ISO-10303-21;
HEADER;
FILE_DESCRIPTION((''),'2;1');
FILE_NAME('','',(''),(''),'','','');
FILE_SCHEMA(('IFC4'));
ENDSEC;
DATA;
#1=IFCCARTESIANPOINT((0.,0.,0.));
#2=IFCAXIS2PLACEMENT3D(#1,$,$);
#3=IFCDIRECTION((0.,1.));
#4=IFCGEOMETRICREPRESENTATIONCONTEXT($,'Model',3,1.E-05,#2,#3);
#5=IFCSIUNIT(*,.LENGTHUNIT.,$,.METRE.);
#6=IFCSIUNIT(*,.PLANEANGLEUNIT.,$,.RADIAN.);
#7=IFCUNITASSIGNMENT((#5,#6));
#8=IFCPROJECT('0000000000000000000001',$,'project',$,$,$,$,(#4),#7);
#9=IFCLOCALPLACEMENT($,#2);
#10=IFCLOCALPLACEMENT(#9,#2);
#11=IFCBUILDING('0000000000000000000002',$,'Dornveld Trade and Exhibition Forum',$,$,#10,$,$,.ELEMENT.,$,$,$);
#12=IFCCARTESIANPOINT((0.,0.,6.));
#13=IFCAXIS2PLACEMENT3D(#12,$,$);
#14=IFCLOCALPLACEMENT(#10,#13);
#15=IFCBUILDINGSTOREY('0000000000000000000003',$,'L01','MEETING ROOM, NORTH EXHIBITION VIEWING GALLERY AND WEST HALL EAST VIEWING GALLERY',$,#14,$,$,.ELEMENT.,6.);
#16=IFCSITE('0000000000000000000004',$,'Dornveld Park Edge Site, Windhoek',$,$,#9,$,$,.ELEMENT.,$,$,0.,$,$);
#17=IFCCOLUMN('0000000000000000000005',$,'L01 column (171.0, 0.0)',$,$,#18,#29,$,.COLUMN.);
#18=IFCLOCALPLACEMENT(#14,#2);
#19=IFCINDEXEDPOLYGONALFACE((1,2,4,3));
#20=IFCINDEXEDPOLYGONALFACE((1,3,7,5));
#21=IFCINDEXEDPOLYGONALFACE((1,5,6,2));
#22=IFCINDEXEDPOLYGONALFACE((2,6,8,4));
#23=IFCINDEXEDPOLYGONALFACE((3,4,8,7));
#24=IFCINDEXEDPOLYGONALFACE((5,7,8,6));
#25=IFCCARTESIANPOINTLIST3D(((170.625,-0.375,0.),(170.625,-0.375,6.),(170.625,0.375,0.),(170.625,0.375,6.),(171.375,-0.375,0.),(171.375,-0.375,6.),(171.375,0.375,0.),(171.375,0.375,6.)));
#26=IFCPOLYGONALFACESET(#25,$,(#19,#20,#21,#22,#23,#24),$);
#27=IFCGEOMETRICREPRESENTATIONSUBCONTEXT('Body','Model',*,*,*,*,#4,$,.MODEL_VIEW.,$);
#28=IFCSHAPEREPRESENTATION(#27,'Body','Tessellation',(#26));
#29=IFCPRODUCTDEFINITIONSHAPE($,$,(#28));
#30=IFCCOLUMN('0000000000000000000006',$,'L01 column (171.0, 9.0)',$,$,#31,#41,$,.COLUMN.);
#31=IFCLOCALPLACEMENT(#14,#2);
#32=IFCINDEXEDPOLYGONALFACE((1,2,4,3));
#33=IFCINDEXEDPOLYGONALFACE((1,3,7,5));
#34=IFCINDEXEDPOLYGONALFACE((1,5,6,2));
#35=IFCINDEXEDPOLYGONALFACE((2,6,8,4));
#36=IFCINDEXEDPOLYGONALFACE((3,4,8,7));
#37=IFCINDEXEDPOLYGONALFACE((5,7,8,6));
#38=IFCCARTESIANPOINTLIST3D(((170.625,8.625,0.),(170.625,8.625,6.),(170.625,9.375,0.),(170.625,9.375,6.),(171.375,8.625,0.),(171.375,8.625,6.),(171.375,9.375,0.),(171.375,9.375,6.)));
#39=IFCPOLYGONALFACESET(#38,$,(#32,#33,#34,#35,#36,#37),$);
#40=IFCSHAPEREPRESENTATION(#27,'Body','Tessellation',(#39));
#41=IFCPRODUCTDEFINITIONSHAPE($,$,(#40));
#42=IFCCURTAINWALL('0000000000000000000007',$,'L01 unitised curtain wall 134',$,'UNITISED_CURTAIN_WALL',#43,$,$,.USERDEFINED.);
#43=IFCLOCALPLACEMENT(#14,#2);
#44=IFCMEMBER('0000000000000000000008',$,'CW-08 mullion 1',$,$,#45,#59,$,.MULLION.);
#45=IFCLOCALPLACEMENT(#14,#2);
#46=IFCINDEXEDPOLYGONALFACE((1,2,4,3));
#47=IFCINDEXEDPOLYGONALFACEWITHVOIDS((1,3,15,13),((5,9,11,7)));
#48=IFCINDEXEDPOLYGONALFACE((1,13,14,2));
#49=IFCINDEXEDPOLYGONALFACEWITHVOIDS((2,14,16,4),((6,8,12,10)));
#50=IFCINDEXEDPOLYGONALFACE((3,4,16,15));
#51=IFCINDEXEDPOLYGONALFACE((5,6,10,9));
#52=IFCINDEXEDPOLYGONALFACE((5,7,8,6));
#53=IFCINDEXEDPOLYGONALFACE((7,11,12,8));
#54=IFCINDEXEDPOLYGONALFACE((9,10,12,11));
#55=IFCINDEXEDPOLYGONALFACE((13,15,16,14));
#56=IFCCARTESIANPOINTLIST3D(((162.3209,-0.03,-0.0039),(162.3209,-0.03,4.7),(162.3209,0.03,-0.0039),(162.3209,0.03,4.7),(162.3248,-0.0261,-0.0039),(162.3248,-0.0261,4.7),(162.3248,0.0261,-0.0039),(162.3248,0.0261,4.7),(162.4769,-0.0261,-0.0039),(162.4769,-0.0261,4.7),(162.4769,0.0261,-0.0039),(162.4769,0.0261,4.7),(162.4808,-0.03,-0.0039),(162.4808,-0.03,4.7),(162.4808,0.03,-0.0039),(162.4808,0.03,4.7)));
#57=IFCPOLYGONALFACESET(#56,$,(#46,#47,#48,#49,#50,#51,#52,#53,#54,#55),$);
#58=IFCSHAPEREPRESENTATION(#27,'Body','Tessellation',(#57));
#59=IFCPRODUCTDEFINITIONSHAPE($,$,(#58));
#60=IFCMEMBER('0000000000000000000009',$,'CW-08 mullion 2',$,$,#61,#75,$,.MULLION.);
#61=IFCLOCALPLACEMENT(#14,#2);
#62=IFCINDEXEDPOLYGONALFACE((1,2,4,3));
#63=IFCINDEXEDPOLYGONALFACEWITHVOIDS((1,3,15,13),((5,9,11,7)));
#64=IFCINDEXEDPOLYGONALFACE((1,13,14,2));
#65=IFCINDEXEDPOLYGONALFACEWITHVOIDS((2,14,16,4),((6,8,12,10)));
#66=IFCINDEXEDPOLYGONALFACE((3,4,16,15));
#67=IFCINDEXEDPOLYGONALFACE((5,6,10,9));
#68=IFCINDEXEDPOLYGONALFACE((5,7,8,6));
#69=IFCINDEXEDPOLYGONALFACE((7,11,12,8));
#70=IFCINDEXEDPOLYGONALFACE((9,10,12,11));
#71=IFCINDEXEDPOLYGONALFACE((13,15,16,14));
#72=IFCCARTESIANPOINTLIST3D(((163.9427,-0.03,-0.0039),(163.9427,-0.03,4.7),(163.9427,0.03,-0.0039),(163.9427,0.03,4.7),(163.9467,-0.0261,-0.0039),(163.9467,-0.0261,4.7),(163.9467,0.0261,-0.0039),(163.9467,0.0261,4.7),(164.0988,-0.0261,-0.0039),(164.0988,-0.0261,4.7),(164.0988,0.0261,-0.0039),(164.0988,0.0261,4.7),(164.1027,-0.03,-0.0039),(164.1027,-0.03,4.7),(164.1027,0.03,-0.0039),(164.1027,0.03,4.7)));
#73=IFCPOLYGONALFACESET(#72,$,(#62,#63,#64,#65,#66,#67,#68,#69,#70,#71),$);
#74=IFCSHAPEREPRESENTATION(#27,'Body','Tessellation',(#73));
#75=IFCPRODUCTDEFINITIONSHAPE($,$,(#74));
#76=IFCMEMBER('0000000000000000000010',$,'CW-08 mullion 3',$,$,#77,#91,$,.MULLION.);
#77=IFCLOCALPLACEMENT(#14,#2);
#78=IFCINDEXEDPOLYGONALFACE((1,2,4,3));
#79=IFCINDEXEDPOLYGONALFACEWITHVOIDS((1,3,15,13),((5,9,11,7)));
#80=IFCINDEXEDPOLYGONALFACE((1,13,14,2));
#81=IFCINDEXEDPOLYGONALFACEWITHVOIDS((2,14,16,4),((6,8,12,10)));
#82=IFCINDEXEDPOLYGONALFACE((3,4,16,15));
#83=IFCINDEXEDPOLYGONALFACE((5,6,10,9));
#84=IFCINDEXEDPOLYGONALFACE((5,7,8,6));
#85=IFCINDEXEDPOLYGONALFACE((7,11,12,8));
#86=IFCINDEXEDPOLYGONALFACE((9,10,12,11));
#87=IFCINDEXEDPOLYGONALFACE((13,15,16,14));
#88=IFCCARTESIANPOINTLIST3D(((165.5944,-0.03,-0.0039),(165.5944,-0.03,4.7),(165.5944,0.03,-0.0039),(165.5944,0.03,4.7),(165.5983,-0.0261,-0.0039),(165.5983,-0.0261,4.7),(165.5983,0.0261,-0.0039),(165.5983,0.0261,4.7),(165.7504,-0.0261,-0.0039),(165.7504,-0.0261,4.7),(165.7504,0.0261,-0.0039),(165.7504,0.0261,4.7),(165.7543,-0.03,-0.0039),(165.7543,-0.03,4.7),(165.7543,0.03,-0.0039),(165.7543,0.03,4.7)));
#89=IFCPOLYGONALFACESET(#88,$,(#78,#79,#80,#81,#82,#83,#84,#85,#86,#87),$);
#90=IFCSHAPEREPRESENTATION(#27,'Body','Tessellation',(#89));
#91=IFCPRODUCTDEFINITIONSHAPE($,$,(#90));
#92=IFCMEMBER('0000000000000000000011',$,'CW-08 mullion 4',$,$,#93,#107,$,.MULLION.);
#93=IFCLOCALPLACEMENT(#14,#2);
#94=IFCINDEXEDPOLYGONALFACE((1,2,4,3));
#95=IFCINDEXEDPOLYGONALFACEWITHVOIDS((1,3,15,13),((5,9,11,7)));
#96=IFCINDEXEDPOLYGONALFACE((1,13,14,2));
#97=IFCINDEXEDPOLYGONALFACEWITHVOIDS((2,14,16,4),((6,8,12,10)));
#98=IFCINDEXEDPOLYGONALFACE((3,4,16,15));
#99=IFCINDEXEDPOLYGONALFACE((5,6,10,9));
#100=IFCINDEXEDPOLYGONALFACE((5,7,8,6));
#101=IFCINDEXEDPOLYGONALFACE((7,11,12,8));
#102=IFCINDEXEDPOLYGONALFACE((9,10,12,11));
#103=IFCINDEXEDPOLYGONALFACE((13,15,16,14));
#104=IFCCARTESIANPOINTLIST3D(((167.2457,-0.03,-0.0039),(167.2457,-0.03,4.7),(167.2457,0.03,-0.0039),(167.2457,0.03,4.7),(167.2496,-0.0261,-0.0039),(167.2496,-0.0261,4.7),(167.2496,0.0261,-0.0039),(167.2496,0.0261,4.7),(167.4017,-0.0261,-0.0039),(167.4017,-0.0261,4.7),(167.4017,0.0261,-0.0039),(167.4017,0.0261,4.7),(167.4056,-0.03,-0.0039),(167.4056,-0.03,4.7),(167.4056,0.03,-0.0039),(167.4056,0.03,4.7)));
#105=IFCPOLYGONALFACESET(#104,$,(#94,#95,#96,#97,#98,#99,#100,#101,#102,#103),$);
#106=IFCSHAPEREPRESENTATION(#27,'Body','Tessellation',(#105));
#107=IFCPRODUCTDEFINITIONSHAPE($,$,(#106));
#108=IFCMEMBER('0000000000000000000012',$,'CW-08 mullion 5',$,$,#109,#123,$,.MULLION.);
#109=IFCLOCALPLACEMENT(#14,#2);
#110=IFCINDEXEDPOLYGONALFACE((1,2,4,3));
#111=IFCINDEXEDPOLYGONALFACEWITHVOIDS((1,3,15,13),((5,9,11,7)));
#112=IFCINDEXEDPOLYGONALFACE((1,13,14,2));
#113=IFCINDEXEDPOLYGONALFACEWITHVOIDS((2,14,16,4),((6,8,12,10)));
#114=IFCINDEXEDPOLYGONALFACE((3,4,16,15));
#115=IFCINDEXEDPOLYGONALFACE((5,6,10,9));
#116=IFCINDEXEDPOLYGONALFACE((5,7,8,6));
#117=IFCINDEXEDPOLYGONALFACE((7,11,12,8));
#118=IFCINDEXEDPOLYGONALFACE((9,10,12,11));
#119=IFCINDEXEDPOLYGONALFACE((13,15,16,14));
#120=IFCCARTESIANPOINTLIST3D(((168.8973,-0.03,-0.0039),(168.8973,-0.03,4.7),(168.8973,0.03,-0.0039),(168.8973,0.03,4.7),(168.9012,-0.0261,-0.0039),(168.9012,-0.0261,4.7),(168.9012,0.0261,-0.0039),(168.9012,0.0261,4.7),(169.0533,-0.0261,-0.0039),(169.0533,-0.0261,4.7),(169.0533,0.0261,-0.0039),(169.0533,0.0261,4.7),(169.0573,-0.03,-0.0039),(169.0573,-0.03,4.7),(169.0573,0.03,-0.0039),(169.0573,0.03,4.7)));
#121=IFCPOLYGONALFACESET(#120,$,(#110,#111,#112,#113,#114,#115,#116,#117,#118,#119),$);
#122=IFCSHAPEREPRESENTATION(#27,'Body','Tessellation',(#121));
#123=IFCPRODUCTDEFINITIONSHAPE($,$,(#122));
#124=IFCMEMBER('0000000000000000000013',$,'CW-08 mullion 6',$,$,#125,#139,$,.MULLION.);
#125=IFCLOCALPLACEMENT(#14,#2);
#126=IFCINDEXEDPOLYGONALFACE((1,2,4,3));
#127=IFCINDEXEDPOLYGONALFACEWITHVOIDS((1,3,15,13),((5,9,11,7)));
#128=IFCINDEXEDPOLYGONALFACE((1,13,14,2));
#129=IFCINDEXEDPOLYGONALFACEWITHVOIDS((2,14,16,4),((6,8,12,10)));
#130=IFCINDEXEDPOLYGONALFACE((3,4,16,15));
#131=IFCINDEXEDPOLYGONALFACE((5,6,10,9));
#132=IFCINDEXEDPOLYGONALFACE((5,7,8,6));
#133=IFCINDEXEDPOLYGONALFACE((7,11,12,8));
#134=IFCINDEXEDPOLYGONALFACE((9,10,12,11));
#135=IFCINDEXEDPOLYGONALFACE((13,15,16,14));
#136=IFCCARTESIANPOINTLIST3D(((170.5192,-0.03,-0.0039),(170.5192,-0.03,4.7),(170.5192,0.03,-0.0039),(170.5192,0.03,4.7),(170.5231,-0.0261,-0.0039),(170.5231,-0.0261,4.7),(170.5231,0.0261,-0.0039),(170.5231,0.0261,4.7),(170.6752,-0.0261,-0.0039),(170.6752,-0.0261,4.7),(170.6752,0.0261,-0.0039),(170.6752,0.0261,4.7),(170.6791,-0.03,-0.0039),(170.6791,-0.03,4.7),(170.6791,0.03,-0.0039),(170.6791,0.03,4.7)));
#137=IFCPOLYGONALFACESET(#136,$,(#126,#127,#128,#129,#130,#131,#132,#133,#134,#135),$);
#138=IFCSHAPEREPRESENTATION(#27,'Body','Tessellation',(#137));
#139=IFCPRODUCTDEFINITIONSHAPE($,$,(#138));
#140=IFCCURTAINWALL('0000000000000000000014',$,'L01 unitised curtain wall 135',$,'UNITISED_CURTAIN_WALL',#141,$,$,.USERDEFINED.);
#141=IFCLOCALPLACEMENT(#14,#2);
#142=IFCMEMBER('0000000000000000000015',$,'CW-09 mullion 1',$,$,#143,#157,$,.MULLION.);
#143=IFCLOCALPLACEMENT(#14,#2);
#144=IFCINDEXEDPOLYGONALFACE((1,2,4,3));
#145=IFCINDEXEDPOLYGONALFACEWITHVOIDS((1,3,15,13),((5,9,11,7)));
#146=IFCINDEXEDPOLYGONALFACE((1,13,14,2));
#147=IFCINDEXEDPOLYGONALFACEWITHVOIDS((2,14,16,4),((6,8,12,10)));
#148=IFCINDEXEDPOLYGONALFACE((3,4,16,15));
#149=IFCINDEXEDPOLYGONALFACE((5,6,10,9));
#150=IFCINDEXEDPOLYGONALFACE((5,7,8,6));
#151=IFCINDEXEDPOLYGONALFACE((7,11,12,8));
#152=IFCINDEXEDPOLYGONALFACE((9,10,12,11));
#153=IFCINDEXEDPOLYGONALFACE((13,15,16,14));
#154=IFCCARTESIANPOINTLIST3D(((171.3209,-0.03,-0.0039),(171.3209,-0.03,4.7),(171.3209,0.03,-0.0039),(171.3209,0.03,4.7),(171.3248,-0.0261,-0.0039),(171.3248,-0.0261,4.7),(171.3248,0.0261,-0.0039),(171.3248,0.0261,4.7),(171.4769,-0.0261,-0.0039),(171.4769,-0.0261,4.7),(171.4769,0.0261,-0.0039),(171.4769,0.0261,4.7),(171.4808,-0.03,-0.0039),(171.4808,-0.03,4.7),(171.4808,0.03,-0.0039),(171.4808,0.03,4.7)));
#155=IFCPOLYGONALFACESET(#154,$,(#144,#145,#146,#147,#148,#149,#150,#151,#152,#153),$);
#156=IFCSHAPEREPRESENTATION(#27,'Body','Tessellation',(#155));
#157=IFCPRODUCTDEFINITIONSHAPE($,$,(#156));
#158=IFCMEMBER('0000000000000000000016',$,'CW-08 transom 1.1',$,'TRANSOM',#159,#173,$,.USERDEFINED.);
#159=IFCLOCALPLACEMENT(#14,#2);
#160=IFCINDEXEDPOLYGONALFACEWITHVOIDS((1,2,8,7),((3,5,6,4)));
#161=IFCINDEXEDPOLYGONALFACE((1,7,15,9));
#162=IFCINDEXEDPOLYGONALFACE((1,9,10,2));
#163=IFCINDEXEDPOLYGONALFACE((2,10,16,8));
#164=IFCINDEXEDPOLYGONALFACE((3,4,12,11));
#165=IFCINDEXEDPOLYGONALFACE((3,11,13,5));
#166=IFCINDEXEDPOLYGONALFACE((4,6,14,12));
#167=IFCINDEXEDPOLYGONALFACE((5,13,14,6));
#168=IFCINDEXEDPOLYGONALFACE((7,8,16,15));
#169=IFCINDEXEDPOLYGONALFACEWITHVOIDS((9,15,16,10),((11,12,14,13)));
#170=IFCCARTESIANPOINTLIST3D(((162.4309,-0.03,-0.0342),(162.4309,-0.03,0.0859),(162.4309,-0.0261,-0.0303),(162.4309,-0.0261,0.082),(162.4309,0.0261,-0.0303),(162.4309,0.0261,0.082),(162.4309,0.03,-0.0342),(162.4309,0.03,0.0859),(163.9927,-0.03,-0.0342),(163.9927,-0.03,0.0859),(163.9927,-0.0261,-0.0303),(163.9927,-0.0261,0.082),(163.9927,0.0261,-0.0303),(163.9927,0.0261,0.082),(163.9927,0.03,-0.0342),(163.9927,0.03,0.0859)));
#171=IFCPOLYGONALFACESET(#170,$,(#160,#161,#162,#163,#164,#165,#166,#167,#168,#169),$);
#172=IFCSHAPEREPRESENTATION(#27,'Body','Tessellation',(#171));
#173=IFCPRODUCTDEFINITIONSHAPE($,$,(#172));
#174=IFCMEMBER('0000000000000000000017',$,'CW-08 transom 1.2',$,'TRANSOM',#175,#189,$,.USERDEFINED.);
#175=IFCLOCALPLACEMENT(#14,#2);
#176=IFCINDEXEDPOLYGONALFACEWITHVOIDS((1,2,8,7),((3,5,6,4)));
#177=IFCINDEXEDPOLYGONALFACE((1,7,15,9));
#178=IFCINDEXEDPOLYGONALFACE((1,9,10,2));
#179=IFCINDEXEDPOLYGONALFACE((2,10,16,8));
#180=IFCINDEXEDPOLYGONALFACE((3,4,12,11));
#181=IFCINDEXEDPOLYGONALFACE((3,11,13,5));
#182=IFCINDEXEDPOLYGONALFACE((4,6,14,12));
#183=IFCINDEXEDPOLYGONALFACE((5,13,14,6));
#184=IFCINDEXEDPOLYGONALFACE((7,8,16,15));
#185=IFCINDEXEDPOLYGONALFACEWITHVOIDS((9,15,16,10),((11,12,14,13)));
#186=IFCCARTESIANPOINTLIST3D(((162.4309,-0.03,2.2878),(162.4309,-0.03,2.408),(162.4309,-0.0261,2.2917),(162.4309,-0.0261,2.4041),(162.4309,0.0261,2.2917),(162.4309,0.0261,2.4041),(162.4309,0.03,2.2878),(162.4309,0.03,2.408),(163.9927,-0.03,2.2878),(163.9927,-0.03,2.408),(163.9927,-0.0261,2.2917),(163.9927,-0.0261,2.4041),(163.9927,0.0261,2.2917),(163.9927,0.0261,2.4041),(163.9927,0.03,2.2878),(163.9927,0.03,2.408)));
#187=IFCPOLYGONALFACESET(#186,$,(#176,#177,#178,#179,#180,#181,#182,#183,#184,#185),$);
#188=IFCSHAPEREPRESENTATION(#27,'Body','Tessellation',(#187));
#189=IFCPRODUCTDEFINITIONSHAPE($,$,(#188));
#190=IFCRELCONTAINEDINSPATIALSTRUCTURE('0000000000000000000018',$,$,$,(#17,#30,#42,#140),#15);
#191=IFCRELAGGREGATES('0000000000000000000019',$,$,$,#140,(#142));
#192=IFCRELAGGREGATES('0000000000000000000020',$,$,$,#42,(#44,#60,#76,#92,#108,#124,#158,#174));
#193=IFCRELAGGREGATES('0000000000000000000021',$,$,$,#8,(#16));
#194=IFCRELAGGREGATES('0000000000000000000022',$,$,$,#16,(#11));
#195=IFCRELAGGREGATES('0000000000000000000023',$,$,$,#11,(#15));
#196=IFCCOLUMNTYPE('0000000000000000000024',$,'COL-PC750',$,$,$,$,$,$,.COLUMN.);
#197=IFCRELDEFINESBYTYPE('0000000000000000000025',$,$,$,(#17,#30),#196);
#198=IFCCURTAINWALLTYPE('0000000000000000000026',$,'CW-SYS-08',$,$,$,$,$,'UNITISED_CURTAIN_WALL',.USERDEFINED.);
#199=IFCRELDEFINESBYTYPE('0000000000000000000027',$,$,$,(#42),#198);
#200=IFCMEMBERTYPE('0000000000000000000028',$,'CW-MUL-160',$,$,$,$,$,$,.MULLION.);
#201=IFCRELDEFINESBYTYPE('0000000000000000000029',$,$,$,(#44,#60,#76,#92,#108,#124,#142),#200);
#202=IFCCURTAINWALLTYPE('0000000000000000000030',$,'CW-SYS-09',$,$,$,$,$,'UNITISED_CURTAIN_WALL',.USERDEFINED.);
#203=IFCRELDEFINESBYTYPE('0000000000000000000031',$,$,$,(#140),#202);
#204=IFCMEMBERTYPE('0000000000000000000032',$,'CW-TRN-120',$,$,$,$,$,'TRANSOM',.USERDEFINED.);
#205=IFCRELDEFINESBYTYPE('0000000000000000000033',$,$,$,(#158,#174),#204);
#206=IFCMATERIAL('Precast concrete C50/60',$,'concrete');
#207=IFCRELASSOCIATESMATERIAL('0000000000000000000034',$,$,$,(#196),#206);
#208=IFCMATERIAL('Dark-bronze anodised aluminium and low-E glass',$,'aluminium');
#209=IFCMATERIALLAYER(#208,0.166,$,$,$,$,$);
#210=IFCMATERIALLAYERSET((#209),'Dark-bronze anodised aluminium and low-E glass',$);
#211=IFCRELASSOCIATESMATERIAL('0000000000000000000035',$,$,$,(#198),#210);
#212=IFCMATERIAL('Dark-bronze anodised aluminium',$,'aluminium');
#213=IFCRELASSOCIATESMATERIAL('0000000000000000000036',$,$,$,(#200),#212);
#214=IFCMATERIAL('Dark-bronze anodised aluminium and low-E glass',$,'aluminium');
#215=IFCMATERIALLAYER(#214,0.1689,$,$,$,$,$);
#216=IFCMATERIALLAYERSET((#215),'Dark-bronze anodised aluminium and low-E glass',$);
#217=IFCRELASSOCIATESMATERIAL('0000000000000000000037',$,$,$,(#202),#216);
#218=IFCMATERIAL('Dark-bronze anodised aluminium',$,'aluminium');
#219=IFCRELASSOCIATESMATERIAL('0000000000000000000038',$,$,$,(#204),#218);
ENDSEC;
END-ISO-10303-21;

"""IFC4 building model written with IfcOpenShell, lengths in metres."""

from ifc_helpers import new_model, si_unit, direction, frame, origin, origin_2d, place, context, subcontext, project, spatial, rectangle, hollow_rectangle, extrude, material, layer, layer_set, material_profile, profile_set, type_object, element, aggregate, save


model = new_model("IFC4")

# Units and contexts
model_context = context("Model", 3, precision=1e-05, world=origin(), true_north=direction((0.0, 1.0)))
body_context = subcontext(model_context, "Body", "Model", "MODEL_VIEW")
ifc_project = project(units=[si_unit("LENGTHUNIT", "METRE"), si_unit("PLANEANGLEUNIT", "RADIAN")], contexts=[model_context])

# Site, building, storey
site_placement = place(None, origin())
site = spatial("IfcSite", under=ifc_project, at=site_placement, Name="Dornveld Park Edge Site, Windhoek", CompositionType="ELEMENT", RefElevation=0.0)
building_placement = place(site_placement, origin())
building = spatial("IfcBuilding", under=site, at=building_placement, Name="Dornveld Trade and Exhibition Forum", CompositionType="ELEMENT")
storey_placement = place(building_placement, frame((0.0, 0.0, 6.0)))
storey = spatial("IfcBuildingStorey", under=building, at=storey_placement, Name="L01", Description="MEETING ROOM, NORTH EXHIBITION VIEWING GALLERY AND WEST HALL EAST VIEWING GALLERY", CompositionType="ELEMENT", Elevation=6.0)

# Columns
ifc_material_1 = material(Name="Precast concrete C50/60", Category="concrete")
ifc_material_profile_1 = material_profile(ifc_material_1, rectangle(XDim=0.75, YDim=0.75, at=origin_2d()), Name="PC-COL 750x750")
ifc_profile_set_1 = profile_set([ifc_material_profile_1], Name="Precast concrete C50/60")
column_type = type_object("IfcColumnType", Name="COL-PC750", PredefinedType="COLUMN", material=ifc_profile_set_1)
for number, where, z_axis, x_axis, name in (
    (1, (171.0, 0.0, 0.0), (0.0, 0.0, 1.0), (1.0, 0.0, 0.0), "L01 column (171.0, 0.0)"),
    (2, (171.0, 9.0, 0.0), (0.0, 0.0, 1.0), (1.0, 0.0, 0.0), "L01 column (171.0, 9.0)"),
):
    element("IfcColumn", number, at=place(storey_placement, frame(where, z_axis=z_axis, x_axis=x_axis)), inside=storey, type_object=column_type, Name=name, PredefinedType="COLUMN", context=body_context, shape_type="SweptSolid", body=[
        extrude(rectangle(XDim=0.75, YDim=0.75, at=origin_2d()), origin(), (0.0, 0.0, 1.0), 6.0),
    ])

# Curtain wall, members
ifc_material_2 = material(Name="Dark-bronze anodised aluminium and low-E glass", Category="aluminium")
ifc_layer_1 = layer(ifc_material_2, 0.166)
ifc_layer_set_1 = layer_set([ifc_layer_1], Name="Dark-bronze anodised aluminium and low-E glass")
curtain_wall_type_1 = type_object("IfcCurtainWallType", Name="CW-SYS-08", ElementType="UNITISED_CURTAIN_WALL", PredefinedType="USERDEFINED", material=ifc_layer_set_1)
curtain_wall_1_placement = place(storey_placement, origin())
curtain_wall_1 = element("IfcCurtainWall", 3, at=curtain_wall_1_placement, inside=storey, type_object=curtain_wall_type_1, Name="L01 unitised curtain wall 134", ObjectType="UNITISED_CURTAIN_WALL", PredefinedType="USERDEFINED")
ifc_material_3 = material(Name="Dark-bronze anodised aluminium", Category="aluminium")
ifc_material_profile_2 = material_profile(ifc_material_3, hollow_rectangle(XDim=0.0601, YDim=0.1599, WallThickness=0.0039, at=origin_2d()), Name="RHS 160x60x4")
ifc_profile_set_2 = profile_set([ifc_material_profile_2], Name="Dark-bronze anodised aluminium")
member_type_1 = type_object("IfcMemberType", Name="CW-MUL-160", PredefinedType="MULLION", material=ifc_profile_set_2)
member_1_placement = place(storey_placement, frame((162.4009, 0.0, -0.0039), z_axis=(0.0, 0.0, 1.0), x_axis=(0.0, 1.0, 0.0)))
member_1 = element("IfcMember", 4, at=member_1_placement, type_object=member_type_1, Name="CW-08 mullion 1", PredefinedType="MULLION", context=body_context, shape_type="SweptSolid", body=[
    extrude(hollow_rectangle(XDim=0.0601, YDim=0.1599, WallThickness=0.0039, at=origin_2d()), origin(), (0.0, 0.0, 1.0), 4.7039),
])
member_2_placement = place(storey_placement, frame((164.0227, 0.0, -0.0039), z_axis=(0.0, 0.0, 1.0), x_axis=(0.0, 1.0, 0.0)))
member_2 = element("IfcMember", 5, at=member_2_placement, type_object=member_type_1, Name="CW-08 mullion 2", PredefinedType="MULLION", context=body_context, shape_type="SweptSolid", body=[
    extrude(hollow_rectangle(XDim=0.0601, YDim=0.1599, WallThickness=0.0039, at=origin_2d()), origin(), (0.0, 0.0, 1.0), 4.7039),
])
member_3_placement = place(storey_placement, frame((165.6743, 0.0, -0.0039), z_axis=(0.0, 0.0, 1.0), x_axis=(0.0, 1.0, 0.0)))
member_3 = element("IfcMember", 6, at=member_3_placement, type_object=member_type_1, Name="CW-08 mullion 3", PredefinedType="MULLION", context=body_context, shape_type="SweptSolid", body=[
    extrude(hollow_rectangle(XDim=0.0601, YDim=0.1599, WallThickness=0.0039, at=origin_2d()), origin(), (0.0, 0.0, 1.0), 4.7039),
])
member_4_placement = place(storey_placement, frame((167.3257, 0.0, -0.0039), z_axis=(0.0, 0.0, 1.0), x_axis=(0.0, 1.0, 0.0)))
member_4 = element("IfcMember", 7, at=member_4_placement, type_object=member_type_1, Name="CW-08 mullion 4", PredefinedType="MULLION", context=body_context, shape_type="SweptSolid", body=[
    extrude(hollow_rectangle(XDim=0.0601, YDim=0.1599, WallThickness=0.0039, at=origin_2d()), origin(), (0.0, 0.0, 1.0), 4.7039),
])
member_5_placement = place(storey_placement, frame((168.9773, 0.0, -0.0039), z_axis=(0.0, 0.0, 1.0), x_axis=(0.0, 1.0, 0.0)))
member_5 = element("IfcMember", 8, at=member_5_placement, type_object=member_type_1, Name="CW-08 mullion 5", PredefinedType="MULLION", context=body_context, shape_type="SweptSolid", body=[
    extrude(hollow_rectangle(XDim=0.0601, YDim=0.1599, WallThickness=0.0039, at=origin_2d()), origin(), (0.0, 0.0, 1.0), 4.7039),
])
member_6_placement = place(storey_placement, frame((170.5991, 0.0, -0.0039), z_axis=(0.0, 0.0, 1.0), x_axis=(0.0, 1.0, 0.0)))
member_6 = element("IfcMember", 9, at=member_6_placement, type_object=member_type_1, Name="CW-08 mullion 6", PredefinedType="MULLION", context=body_context, shape_type="SweptSolid", body=[
    extrude(hollow_rectangle(XDim=0.0601, YDim=0.1599, WallThickness=0.0039, at=origin_2d()), origin(), (0.0, 0.0, 1.0), 4.7039),
])

# Curtain wall, member
ifc_material_4 = material(Name="Dark-bronze anodised aluminium and low-E glass", Category="aluminium")
ifc_layer_2 = layer(ifc_material_4, 0.1689)
ifc_layer_set_2 = layer_set([ifc_layer_2], Name="Dark-bronze anodised aluminium and low-E glass")
curtain_wall_type_2 = type_object("IfcCurtainWallType", Name="CW-SYS-09", ElementType="UNITISED_CURTAIN_WALL", PredefinedType="USERDEFINED", material=ifc_layer_set_2)
curtain_wall_2_placement = place(storey_placement, origin())
curtain_wall_2 = element("IfcCurtainWall", 10, at=curtain_wall_2_placement, inside=storey, type_object=curtain_wall_type_2, Name="L01 unitised curtain wall 135", ObjectType="UNITISED_CURTAIN_WALL", PredefinedType="USERDEFINED")
member_7_placement = place(storey_placement, frame((171.4009, 0.0, -0.0039), z_axis=(0.0, 0.0, 1.0), x_axis=(0.0, 1.0, 0.0)))
member_7 = element("IfcMember", 11, at=member_7_placement, type_object=member_type_1, Name="CW-09 mullion 1", PredefinedType="MULLION", context=body_context, shape_type="SweptSolid", body=[
    extrude(hollow_rectangle(XDim=0.0601, YDim=0.1599, WallThickness=0.0039, at=origin_2d()), origin(), (0.0, 0.0, 1.0), 4.7039),
])

# Members
ifc_material_5 = material(Name="Dark-bronze anodised aluminium", Category="aluminium")
ifc_material_profile_3 = material_profile(ifc_material_5, hollow_rectangle(XDim=0.0601, YDim=0.1201, WallThickness=0.0039, at=origin_2d()), Name="RHS 120x60x4")
ifc_profile_set_3 = profile_set([ifc_material_profile_3], Name="Dark-bronze anodised aluminium")
member_type_2 = type_object("IfcMemberType", Name="CW-TRN-120", ElementType="TRANSOM", PredefinedType="USERDEFINED", material=ifc_profile_set_3)
member_8_placement = place(storey_placement, frame((162.4309, 0.0, 0.0259), z_axis=(1.0, 0.0, 0.0), x_axis=(0.0, 1.0, 0.0)))
member_8 = element("IfcMember", 12, at=member_8_placement, type_object=member_type_2, Name="CW-08 transom 1.1", ObjectType="TRANSOM", PredefinedType="USERDEFINED", context=body_context, shape_type="SweptSolid", body=[
    extrude(hollow_rectangle(XDim=0.0601, YDim=0.1201, WallThickness=0.0039, at=origin_2d()), origin(), (0.0, 0.0, 1.0), 1.5618),
])
member_9_placement = place(storey_placement, frame((162.4309, 0.0, 2.3479), z_axis=(1.0, 0.0, 0.0), x_axis=(0.0, 1.0, 0.0)))
member_9 = element("IfcMember", 13, at=member_9_placement, type_object=member_type_2, Name="CW-08 transom 1.2", ObjectType="TRANSOM", PredefinedType="USERDEFINED", context=body_context, shape_type="SweptSolid", body=[
    extrude(hollow_rectangle(XDim=0.0601, YDim=0.1201, WallThickness=0.0039, at=origin_2d()), origin(), (0.0, 0.0, 1.0), 1.5618),
])
aggregate(curtain_wall_2, [member_7])

aggregate(curtain_wall_1, [member_1, member_2, member_3, member_4, member_5, member_6, member_8, member_9])

save(model, "model.ifc")
